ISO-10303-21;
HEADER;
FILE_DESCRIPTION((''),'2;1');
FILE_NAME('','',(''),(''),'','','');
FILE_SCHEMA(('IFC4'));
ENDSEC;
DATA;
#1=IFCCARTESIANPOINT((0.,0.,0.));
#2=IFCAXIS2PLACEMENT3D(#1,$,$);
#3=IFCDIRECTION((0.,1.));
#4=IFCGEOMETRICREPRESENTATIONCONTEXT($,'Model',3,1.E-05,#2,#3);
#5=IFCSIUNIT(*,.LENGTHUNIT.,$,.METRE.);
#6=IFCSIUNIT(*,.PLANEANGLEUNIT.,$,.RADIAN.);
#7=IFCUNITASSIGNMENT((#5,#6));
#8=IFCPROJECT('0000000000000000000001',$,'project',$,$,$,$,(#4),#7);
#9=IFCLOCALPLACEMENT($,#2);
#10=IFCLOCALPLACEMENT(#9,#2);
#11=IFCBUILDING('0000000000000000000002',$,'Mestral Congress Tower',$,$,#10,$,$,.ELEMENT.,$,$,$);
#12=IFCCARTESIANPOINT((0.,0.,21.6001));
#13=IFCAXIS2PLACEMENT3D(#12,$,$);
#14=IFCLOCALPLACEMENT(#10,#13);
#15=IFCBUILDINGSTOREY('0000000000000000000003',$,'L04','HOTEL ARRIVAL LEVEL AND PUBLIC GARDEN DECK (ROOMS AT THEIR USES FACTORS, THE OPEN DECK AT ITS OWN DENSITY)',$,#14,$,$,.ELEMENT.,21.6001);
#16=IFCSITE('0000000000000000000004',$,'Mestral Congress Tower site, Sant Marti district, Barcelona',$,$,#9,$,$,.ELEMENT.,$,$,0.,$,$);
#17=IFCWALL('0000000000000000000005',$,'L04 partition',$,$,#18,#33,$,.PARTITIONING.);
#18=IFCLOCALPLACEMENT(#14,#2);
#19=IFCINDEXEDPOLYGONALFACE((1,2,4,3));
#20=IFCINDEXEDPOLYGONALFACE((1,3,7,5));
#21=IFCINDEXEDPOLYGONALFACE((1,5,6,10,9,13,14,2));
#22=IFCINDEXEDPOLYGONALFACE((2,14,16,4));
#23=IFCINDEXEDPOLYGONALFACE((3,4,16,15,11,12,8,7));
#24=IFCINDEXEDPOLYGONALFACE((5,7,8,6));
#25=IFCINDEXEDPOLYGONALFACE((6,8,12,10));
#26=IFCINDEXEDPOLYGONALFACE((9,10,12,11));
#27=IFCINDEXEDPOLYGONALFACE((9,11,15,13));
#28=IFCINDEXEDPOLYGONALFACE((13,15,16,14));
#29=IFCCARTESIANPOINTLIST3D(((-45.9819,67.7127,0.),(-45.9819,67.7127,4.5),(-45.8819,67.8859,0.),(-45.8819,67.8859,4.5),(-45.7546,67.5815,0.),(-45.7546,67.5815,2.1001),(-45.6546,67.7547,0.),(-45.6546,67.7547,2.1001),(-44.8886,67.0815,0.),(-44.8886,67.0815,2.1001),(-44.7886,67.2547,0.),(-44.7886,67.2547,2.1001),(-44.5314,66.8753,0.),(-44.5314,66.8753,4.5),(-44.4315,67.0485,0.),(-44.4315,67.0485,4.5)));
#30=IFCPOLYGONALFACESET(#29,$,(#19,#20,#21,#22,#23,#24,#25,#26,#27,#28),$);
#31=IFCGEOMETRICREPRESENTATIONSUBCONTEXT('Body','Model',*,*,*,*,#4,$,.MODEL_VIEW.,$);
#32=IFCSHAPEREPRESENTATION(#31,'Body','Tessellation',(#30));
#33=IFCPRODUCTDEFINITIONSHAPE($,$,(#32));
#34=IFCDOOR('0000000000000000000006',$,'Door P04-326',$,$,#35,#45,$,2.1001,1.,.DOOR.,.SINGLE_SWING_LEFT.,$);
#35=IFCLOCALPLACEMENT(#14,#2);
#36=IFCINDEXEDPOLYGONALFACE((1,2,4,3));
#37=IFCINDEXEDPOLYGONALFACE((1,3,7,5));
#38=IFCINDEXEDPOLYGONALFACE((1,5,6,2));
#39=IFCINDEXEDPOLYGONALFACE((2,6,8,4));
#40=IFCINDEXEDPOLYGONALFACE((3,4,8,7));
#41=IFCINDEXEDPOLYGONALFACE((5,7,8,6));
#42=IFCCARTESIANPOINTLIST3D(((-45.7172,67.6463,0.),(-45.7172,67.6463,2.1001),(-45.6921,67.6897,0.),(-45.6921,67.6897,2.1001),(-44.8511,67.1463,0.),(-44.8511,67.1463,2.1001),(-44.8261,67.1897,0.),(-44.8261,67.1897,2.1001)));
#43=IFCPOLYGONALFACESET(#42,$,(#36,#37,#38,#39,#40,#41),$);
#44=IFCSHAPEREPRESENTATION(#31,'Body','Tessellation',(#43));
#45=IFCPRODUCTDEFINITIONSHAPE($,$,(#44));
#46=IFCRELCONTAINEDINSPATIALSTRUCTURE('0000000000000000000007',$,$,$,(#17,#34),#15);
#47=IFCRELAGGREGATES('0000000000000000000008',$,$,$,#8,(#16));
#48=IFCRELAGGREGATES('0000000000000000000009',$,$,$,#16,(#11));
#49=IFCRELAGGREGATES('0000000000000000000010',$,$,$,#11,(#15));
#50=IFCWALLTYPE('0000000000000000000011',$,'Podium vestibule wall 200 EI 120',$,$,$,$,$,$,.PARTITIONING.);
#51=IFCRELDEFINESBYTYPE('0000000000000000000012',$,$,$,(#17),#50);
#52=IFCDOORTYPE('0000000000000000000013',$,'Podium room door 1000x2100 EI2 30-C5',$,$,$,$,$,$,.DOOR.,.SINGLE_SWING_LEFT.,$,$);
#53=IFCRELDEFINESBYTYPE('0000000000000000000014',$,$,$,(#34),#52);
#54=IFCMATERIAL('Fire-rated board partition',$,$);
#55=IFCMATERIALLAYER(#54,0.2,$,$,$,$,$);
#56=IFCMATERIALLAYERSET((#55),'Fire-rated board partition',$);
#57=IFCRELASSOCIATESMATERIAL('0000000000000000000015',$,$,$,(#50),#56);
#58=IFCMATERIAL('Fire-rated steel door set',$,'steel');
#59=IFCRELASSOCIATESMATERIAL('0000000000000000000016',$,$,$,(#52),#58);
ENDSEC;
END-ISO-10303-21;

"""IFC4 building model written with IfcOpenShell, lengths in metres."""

from ifc_helpers import new_model, si_unit, direction, frame, frame_2d, origin, place, context, subcontext, project, spatial, rectangle, extrude, material, layer, layer_set, type_object, element, fill, save


model = new_model("IFC4")

# Units and contexts
model_context = context("Model", 3, precision=1e-05, world=origin(), true_north=direction((0.0, 1.0)))
body_context = subcontext(model_context, "Body", "Model", "MODEL_VIEW")
ifc_project = project(units=[si_unit("LENGTHUNIT", "METRE"), si_unit("PLANEANGLEUNIT", "RADIAN")], contexts=[model_context])

# Site, building, storey
site_placement = place(None, origin())
site = spatial("IfcSite", under=ifc_project, at=site_placement, Name="Mestral Congress Tower site, Sant Marti district, Barcelona", CompositionType="ELEMENT", RefElevation=0.0)
building_placement = place(site_placement, origin())
building = spatial("IfcBuilding", under=site, at=building_placement, Name="Mestral Congress Tower", CompositionType="ELEMENT")
storey_placement = place(building_placement, frame((0.0, 0.0, 21.6001)))
storey = spatial("IfcBuildingStorey", under=building, at=storey_placement, Name="L04", Description="HOTEL ARRIVAL LEVEL AND PUBLIC GARDEN DECK (ROOMS AT THEIR USES FACTORS, THE OPEN DECK AT ITS OWN DENSITY)", CompositionType="ELEMENT", Elevation=21.6001)

# Shared definitions
ifc_material_1 = material(Name="Fire-rated steel door set", Category="steel")

# Shared definitions
ifc_material_2 = material(Name="Fire-rated board partition")
ifc_layer_1 = layer(ifc_material_2, 0.2)
ifc_layer_set_1 = layer_set([ifc_layer_1], Name="Fire-rated board partition")
wall_type_1 = type_object("IfcWallType", Name="Podium vestibule wall 200 EI 120", PredefinedType="PARTITIONING", material=ifc_layer_set_1)

# Wall, opening, door
door_type_1 = type_object("IfcDoorType", Name="Podium room door 1000x2100 EI2 30-C5", OperationType="SINGLE_SWING_LEFT", PredefinedType="DOOR", material=ifc_material_1)
wall_1_placement = place(storey_placement, frame((-45.9319, 67.7993, 0.0), z_axis=(0.0, 0.0, 1.0), x_axis=(0.866028, -0.499996, 0.0)))
wall_1 = element("IfcWall", 1, at=wall_1_placement, inside=storey, type_object=wall_type_1, Name="L04 partition", PredefinedType="PARTITIONING", context=body_context, shape_type="SweptSolid", body=[
    extrude(rectangle(XDim=1.6748, YDim=0.2, at=frame_2d((0.8374, 0.0))), origin(), (0.0, 0.0, 1.0), 4.5),
])
opening_1_placement = place(wall_1_placement, frame((0.2625, 0.0, 0.0)))
opening_1 = element("IfcOpeningElement", 2, at=opening_1_placement, cuts=wall_1, PredefinedType="OPENING", context=body_context, shape_type="SweptSolid", body=[
    extrude(rectangle(XDim=1.0, YDim=2.1001, at=frame_2d((0.5, 1.05))), frame((0.0, 0.1099, 0.0), z_axis=(0.0, -1.0, 0.0), x_axis=(1.0, 0.0, 0.0)), (0.0, 0.0, 1.0), 0.22),
])
door_1_placement = place(opening_1_placement, origin())
door_1 = element("IfcDoor", 3, at=door_1_placement, inside=storey, type_object=door_type_1, Name="Door P04-326", OperationType="SINGLE_SWING_LEFT", OverallHeight=2.1001, OverallWidth=1.0, PredefinedType="DOOR", context=body_context, shape_type="SweptSolid", body=[
    extrude(rectangle(XDim=1.0, YDim=2.1001, at=frame_2d((0.5, 1.05))), frame((0.0, 0.0249, 0.0), z_axis=(0.0, -1.0, 0.0), x_axis=(1.0, 0.0, 0.0)), (0.0, 0.0, 1.0), 0.05),
])
fill(opening_1, door_1)

save(model, "model.ifc")
